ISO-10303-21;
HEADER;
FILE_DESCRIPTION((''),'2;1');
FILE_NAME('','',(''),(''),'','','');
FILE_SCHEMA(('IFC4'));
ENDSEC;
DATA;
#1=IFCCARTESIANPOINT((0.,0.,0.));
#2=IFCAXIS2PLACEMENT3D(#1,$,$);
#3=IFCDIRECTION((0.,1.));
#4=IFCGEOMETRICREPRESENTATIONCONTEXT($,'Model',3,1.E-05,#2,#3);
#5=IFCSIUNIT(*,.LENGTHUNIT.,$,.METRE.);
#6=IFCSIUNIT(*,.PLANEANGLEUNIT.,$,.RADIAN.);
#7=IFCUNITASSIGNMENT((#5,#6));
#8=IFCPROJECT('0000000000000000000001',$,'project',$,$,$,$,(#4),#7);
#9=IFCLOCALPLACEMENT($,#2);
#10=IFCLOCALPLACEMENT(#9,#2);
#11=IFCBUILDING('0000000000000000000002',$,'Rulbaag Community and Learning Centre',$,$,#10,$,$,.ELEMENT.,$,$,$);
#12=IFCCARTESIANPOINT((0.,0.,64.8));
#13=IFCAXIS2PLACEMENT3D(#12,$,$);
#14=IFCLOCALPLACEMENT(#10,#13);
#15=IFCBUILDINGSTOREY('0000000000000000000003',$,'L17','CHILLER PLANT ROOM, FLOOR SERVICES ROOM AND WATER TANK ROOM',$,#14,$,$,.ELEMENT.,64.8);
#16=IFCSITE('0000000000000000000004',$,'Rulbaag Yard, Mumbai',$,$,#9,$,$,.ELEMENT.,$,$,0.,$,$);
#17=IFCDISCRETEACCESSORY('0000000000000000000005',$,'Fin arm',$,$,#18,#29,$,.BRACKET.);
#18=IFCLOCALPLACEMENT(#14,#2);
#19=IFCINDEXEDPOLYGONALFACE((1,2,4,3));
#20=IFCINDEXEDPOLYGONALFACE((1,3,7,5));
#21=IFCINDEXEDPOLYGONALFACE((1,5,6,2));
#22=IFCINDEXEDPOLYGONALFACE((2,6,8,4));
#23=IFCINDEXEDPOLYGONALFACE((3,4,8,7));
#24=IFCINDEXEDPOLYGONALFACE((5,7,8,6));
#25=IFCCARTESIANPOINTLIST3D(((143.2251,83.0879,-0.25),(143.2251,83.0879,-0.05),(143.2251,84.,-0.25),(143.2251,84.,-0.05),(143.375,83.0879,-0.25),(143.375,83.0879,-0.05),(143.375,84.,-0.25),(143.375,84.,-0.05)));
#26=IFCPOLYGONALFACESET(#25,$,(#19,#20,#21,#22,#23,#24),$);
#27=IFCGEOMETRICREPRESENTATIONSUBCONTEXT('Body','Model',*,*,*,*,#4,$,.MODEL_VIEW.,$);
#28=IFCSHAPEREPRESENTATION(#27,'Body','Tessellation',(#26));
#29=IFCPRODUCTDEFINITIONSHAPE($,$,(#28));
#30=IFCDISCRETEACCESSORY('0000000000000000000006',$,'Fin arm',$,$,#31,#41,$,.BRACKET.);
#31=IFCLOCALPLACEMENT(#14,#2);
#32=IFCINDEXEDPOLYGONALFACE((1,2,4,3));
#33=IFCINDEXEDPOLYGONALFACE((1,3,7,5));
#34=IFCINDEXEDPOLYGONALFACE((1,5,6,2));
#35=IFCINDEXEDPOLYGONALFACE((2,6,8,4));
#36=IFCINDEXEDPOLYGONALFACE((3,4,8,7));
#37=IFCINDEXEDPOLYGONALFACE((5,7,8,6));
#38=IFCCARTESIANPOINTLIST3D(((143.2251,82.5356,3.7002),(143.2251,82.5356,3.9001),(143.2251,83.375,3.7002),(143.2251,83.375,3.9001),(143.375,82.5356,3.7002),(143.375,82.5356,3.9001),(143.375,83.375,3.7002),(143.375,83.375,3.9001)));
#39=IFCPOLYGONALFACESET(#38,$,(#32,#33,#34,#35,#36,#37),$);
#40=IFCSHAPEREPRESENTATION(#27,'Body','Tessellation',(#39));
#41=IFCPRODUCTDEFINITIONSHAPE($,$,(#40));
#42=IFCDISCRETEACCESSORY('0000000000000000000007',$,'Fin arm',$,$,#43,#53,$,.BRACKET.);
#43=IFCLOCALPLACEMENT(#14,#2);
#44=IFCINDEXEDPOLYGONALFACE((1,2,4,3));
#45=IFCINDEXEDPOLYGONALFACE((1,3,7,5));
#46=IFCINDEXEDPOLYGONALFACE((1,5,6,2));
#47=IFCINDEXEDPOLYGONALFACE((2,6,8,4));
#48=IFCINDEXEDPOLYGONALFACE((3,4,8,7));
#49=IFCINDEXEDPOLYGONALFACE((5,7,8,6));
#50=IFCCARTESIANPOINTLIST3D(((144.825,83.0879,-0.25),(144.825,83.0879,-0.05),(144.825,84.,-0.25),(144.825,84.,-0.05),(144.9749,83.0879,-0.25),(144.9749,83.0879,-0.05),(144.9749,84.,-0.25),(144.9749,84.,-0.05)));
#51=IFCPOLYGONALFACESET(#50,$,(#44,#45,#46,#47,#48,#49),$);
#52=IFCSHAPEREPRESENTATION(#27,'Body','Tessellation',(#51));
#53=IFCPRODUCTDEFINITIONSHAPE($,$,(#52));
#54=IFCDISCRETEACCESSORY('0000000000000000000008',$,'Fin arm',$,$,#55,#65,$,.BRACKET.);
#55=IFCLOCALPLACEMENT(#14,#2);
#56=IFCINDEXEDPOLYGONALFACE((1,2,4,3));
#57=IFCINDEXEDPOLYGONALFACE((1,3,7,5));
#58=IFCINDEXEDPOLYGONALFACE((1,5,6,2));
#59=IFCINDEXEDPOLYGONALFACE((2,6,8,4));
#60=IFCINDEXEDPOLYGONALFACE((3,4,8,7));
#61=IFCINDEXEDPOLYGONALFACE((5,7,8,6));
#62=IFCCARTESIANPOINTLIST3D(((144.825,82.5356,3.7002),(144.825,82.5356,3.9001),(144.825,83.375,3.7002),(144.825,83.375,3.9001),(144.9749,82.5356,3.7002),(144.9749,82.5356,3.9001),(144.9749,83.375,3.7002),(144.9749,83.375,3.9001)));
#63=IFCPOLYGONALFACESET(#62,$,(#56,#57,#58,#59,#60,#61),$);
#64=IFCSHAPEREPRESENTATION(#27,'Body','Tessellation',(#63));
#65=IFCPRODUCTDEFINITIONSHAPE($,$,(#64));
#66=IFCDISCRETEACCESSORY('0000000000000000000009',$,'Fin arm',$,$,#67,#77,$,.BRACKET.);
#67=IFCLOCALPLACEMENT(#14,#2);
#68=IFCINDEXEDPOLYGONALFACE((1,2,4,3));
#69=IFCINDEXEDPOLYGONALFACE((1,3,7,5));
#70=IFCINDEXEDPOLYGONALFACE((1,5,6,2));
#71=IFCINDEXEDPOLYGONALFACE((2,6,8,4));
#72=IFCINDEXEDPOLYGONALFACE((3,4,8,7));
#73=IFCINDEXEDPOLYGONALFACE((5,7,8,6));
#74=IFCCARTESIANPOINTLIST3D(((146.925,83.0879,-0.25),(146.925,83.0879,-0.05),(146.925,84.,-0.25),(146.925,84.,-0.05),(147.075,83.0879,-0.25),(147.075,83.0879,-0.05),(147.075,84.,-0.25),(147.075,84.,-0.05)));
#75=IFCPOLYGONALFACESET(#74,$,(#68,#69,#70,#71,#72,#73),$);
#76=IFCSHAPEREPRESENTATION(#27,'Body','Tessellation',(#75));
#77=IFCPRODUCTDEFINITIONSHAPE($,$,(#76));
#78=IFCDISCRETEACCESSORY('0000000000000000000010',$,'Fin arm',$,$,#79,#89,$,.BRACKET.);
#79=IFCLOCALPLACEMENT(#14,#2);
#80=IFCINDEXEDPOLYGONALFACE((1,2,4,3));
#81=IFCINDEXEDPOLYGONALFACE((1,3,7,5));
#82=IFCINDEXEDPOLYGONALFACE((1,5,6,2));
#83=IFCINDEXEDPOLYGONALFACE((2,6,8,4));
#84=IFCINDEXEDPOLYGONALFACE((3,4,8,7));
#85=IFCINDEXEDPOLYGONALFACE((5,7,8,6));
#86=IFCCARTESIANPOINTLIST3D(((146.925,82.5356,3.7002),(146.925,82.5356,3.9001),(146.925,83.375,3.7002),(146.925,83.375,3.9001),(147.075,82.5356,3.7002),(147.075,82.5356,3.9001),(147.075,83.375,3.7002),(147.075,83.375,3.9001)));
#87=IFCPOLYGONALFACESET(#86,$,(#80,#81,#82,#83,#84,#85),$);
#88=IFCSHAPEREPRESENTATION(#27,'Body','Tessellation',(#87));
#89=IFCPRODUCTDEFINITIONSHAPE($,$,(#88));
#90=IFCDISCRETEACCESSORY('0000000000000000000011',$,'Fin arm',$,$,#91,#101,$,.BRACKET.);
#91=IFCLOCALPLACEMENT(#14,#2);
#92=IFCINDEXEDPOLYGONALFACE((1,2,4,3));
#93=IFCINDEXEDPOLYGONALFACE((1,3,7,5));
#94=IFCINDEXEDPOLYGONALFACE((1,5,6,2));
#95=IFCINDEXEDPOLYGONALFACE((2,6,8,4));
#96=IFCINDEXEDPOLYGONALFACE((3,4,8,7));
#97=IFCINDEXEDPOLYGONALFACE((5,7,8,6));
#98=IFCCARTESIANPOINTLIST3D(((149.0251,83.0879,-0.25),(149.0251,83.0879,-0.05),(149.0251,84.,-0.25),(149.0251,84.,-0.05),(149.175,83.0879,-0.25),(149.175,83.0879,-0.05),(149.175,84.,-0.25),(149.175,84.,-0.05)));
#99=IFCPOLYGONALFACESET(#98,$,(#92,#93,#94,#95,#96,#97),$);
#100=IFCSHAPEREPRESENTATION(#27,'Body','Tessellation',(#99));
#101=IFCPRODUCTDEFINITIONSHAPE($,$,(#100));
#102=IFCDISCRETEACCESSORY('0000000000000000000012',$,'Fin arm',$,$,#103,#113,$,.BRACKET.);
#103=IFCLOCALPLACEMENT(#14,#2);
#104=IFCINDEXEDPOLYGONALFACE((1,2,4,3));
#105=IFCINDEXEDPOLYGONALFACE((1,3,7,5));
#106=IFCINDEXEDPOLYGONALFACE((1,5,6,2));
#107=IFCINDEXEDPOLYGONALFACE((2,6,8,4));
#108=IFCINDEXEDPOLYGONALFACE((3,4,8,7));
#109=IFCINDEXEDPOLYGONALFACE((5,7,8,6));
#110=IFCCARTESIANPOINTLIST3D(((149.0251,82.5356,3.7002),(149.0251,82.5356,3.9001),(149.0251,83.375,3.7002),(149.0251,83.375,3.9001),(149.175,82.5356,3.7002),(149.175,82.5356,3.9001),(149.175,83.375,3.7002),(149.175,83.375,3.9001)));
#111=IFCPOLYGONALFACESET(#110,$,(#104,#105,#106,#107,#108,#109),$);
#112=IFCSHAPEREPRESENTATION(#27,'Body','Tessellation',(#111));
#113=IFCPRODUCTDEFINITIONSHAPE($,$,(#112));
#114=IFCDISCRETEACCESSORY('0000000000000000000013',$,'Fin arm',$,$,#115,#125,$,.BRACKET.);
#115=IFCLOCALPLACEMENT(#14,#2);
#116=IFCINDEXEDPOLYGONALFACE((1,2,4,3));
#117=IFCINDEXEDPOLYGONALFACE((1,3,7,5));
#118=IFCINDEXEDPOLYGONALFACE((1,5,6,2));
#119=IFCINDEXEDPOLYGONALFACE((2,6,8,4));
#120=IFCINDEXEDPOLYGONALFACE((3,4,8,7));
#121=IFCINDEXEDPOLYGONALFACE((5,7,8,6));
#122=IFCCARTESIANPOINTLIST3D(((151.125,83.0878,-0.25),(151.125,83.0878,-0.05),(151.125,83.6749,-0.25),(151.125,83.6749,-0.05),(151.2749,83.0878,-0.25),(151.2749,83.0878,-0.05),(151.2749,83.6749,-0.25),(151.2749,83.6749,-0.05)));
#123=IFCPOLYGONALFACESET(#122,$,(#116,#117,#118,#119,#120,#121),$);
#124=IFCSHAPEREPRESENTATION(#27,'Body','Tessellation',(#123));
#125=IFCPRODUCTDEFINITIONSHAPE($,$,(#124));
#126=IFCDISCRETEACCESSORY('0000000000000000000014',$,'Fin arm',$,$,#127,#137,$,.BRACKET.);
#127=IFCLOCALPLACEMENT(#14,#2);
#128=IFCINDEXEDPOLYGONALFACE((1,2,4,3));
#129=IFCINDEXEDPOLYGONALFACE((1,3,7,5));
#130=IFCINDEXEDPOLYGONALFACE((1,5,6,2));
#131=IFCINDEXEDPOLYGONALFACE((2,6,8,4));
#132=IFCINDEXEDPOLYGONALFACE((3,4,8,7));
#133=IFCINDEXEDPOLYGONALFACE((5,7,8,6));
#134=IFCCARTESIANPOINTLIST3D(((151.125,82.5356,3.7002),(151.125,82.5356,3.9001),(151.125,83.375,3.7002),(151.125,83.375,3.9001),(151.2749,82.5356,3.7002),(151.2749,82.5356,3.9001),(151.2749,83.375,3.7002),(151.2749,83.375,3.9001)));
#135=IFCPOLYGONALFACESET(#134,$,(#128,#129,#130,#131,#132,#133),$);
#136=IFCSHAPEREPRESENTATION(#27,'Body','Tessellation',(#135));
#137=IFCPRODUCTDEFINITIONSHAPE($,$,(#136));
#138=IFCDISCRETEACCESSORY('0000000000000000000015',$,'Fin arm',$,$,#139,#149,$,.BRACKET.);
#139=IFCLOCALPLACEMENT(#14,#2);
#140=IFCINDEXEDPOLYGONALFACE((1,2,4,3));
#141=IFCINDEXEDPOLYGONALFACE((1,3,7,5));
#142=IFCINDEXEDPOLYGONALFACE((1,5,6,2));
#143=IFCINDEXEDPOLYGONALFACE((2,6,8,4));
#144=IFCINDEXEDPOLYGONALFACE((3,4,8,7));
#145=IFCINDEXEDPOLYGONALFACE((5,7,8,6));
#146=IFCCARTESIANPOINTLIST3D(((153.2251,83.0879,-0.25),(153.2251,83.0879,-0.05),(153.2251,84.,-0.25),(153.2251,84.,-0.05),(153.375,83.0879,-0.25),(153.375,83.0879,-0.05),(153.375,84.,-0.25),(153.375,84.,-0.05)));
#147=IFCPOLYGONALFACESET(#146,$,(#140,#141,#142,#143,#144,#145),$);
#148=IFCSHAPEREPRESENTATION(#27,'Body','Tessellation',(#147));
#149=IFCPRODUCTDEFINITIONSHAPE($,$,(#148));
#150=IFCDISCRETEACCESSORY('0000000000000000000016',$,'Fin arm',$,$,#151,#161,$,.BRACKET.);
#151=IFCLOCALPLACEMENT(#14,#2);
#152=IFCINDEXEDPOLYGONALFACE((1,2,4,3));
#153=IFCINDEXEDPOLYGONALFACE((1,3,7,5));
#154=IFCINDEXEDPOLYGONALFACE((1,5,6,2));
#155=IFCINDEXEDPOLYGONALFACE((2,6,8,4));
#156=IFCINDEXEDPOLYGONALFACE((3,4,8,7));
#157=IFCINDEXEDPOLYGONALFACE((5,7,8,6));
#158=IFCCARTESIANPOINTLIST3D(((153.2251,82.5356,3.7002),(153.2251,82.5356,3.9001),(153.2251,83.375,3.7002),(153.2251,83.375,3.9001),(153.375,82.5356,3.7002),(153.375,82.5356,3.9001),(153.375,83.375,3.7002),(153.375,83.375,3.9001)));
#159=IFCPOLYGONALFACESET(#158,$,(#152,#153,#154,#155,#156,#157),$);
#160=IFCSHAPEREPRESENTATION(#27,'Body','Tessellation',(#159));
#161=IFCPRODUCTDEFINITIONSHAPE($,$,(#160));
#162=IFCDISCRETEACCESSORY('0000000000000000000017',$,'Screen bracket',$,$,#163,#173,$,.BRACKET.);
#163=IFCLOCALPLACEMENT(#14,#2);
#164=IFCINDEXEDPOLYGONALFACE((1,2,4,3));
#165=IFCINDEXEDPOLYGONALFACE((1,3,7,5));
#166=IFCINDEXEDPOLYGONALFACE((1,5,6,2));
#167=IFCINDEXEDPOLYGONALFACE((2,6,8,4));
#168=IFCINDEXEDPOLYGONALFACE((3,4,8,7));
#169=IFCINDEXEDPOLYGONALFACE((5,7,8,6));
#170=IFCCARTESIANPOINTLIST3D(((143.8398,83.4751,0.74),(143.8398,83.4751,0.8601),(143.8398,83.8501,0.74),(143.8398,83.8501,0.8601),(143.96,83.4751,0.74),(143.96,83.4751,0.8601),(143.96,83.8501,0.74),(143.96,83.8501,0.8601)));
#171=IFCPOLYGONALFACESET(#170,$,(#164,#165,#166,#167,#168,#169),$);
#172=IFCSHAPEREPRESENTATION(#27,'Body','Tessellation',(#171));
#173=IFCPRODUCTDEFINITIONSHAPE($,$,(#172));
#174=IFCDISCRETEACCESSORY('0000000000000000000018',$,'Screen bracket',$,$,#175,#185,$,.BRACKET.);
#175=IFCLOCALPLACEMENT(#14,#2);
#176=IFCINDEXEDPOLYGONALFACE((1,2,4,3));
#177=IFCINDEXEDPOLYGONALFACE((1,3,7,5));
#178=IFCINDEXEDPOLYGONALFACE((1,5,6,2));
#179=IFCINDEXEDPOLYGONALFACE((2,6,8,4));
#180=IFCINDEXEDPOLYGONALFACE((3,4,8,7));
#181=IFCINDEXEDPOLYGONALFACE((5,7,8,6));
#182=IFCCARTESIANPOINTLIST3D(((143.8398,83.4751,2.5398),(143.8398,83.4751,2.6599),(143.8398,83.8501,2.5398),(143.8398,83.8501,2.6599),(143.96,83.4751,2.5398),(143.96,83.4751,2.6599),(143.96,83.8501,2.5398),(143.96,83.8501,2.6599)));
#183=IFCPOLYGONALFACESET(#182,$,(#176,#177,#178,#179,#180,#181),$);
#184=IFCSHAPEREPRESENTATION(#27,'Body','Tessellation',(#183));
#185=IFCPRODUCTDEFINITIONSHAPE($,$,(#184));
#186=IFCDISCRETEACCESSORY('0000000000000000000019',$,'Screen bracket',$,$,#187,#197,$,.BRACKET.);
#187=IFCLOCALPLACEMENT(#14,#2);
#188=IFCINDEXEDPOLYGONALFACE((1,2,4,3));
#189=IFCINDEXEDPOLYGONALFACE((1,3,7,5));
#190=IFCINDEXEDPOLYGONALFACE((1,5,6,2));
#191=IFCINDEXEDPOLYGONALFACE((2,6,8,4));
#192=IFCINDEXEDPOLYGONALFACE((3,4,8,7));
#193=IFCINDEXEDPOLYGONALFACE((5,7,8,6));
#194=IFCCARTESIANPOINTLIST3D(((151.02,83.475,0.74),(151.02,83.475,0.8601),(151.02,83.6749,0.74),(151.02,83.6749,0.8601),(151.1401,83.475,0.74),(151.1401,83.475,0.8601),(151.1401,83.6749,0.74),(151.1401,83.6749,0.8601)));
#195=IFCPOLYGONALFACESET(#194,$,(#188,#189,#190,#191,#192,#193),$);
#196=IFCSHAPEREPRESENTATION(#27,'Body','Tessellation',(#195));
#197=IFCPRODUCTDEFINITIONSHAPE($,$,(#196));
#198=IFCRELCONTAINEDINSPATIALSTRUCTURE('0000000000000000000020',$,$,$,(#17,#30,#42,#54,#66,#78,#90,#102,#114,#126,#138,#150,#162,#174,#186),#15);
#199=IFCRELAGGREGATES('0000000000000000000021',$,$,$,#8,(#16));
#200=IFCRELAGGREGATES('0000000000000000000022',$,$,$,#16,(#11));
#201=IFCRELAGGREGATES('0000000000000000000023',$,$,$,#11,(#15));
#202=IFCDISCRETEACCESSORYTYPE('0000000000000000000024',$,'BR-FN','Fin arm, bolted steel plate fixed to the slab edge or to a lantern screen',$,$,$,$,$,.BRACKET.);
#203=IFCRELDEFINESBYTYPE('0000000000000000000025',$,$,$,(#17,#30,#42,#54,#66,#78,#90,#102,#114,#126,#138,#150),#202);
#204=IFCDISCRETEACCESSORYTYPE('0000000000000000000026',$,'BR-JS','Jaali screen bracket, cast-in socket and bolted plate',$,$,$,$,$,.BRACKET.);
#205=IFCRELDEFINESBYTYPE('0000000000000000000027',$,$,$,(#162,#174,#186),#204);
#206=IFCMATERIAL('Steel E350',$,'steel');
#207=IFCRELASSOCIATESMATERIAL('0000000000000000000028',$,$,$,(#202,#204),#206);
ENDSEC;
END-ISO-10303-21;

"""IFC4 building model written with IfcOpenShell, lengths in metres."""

from ifc_helpers import new_model, si_unit, direction, frame, origin, origin_2d, place, context, subcontext, project, spatial, rectangle, extrude, material, type_object, element, save


model = new_model("IFC4")

# Units and contexts
model_context = context("Model", 3, precision=1e-05, world=origin(), true_north=direction((0.0, 1.0)))
body_context = subcontext(model_context, "Body", "Model", "MODEL_VIEW")
ifc_project = project(units=[si_unit("LENGTHUNIT", "METRE"), si_unit("PLANEANGLEUNIT", "RADIAN")], contexts=[model_context])

# Site, building, storey
site_placement = place(None, origin())
site = spatial("IfcSite", under=ifc_project, at=site_placement, Name="Rulbaag Yard, Mumbai", CompositionType="ELEMENT", RefElevation=0.0)
building_placement = place(site_placement, origin())
building = spatial("IfcBuilding", under=site, at=building_placement, Name="Rulbaag Community and Learning Centre", CompositionType="ELEMENT")
storey_placement = place(building_placement, frame((0.0, 0.0, 64.8)))
storey = spatial("IfcBuildingStorey", under=building, at=storey_placement, Name="L17", Description="CHILLER PLANT ROOM, FLOOR SERVICES ROOM AND WATER TANK ROOM", CompositionType="ELEMENT", Elevation=64.8)

# Discrete accessories
ifc_material_1 = material(Name="Steel E350", Category="steel")
discrete_accessory_type_1 = type_object("IfcDiscreteAccessoryType", Name="BR-FN", Description="Fin arm, bolted steel plate fixed to the slab edge or to a lantern screen", PredefinedType="BRACKET", material=ifc_material_1)
discrete_accessory_1_placement = place(storey_placement, frame((143.3, 83.5439, -0.25), z_axis=(0.0, 0.0, 1.0), x_axis=(1.0, 0.0, 0.0)))
element("IfcDiscreteAccessory", 1, at=discrete_accessory_1_placement, inside=storey, type_object=discrete_accessory_type_1, Name="Fin arm", PredefinedType="BRACKET", context=body_context, shape_type="SweptSolid", body=[
    extrude(rectangle(XDim=0.1499, YDim=0.9121, at=origin_2d()), origin(), (0.0, 0.0, 1.0), 0.2),
])
discrete_accessory_2_placement = place(storey_placement, frame((143.3, 82.9553, 3.7002), z_axis=(0.0, 0.0, 1.0), x_axis=(1.0, 0.0, 0.0)))
element("IfcDiscreteAccessory", 2, at=discrete_accessory_2_placement, inside=storey, type_object=discrete_accessory_type_1, Name="Fin arm", PredefinedType="BRACKET", context=body_context, shape_type="SweptSolid", body=[
    extrude(rectangle(XDim=0.1499, YDim=0.8394, at=origin_2d()), origin(), (0.0, 0.0, 1.0), 0.2),
])
discrete_accessory_3_placement = place(storey_placement, frame((144.8999, 83.5439, -0.25), z_axis=(0.0, 0.0, 1.0), x_axis=(1.0, 0.0, 0.0)))
element("IfcDiscreteAccessory", 3, at=discrete_accessory_3_placement, inside=storey, type_object=discrete_accessory_type_1, Name="Fin arm", PredefinedType="BRACKET", context=body_context, shape_type="SweptSolid", body=[
    extrude(rectangle(XDim=0.1499, YDim=0.9121, at=origin_2d()), origin(), (0.0, 0.0, 1.0), 0.2),
])
discrete_accessory_4_placement = place(storey_placement, frame((144.8999, 82.9553, 3.7002), z_axis=(0.0, 0.0, 1.0), x_axis=(1.0, 0.0, 0.0)))
element("IfcDiscreteAccessory", 4, at=discrete_accessory_4_placement, inside=storey, type_object=discrete_accessory_type_1, Name="Fin arm", PredefinedType="BRACKET", context=body_context, shape_type="SweptSolid", body=[
    extrude(rectangle(XDim=0.1499, YDim=0.8394, at=origin_2d()), origin(), (0.0, 0.0, 1.0), 0.2),
])
discrete_accessory_5_placement = place(storey_placement, frame((147.0, 83.5439, -0.25), z_axis=(0.0, 0.0, 1.0), x_axis=(1.0, 0.0, 0.0)))
element("IfcDiscreteAccessory", 5, at=discrete_accessory_5_placement, inside=storey, type_object=discrete_accessory_type_1, Name="Fin arm", PredefinedType="BRACKET", context=body_context, shape_type="SweptSolid", body=[
    extrude(rectangle(XDim=0.1499, YDim=0.9121, at=origin_2d()), origin(), (0.0, 0.0, 1.0), 0.2),
])
discrete_accessory_6_placement = place(storey_placement, frame((147.0, 82.9553, 3.7002), z_axis=(0.0, 0.0, 1.0), x_axis=(1.0, 0.0, 0.0)))
element("IfcDiscreteAccessory", 6, at=discrete_accessory_6_placement, inside=storey, type_object=discrete_accessory_type_1, Name="Fin arm", PredefinedType="BRACKET", context=body_context, shape_type="SweptSolid", body=[
    extrude(rectangle(XDim=0.1499, YDim=0.8394, at=origin_2d()), origin(), (0.0, 0.0, 1.0), 0.2),
])
discrete_accessory_7_placement = place(storey_placement, frame((149.1001, 83.5439, -0.25), z_axis=(0.0, 0.0, 1.0), x_axis=(1.0, 0.0, 0.0)))
element("IfcDiscreteAccessory", 7, at=discrete_accessory_7_placement, inside=storey, type_object=discrete_accessory_type_1, Name="Fin arm", PredefinedType="BRACKET", context=body_context, shape_type="SweptSolid", body=[
    extrude(rectangle(XDim=0.1499, YDim=0.9121, at=origin_2d()), origin(), (0.0, 0.0, 1.0), 0.2),
])
discrete_accessory_8_placement = place(storey_placement, frame((149.1001, 82.9553, 3.7002), z_axis=(0.0, 0.0, 1.0), x_axis=(1.0, 0.0, 0.0)))
element("IfcDiscreteAccessory", 8, at=discrete_accessory_8_placement, inside=storey, type_object=discrete_accessory_type_1, Name="Fin arm", PredefinedType="BRACKET", context=body_context, shape_type="SweptSolid", body=[
    extrude(rectangle(XDim=0.1499, YDim=0.8394, at=origin_2d()), origin(), (0.0, 0.0, 1.0), 0.2),
])
discrete_accessory_9_placement = place(storey_placement, frame((151.2, 83.3813, -0.25), z_axis=(0.0, 0.0, 1.0), x_axis=(1.0, 0.0, 0.0)))
element("IfcDiscreteAccessory", 9, at=discrete_accessory_9_placement, inside=storey, type_object=discrete_accessory_type_1, Name="Fin arm", PredefinedType="BRACKET", context=body_context, shape_type="SweptSolid", body=[
    extrude(rectangle(XDim=0.1499, YDim=0.5872, at=origin_2d()), origin(), (0.0, 0.0, 1.0), 0.2),
])
discrete_accessory_10_placement = place(storey_placement, frame((151.2, 82.9553, 3.7002), z_axis=(0.0, 0.0, 1.0), x_axis=(1.0, 0.0, 0.0)))
element("IfcDiscreteAccessory", 10, at=discrete_accessory_10_placement, inside=storey, type_object=discrete_accessory_type_1, Name="Fin arm", PredefinedType="BRACKET", context=body_context, shape_type="SweptSolid", body=[
    extrude(rectangle(XDim=0.1499, YDim=0.8394, at=origin_2d()), origin(), (0.0, 0.0, 1.0), 0.2),
])
discrete_accessory_11_placement = place(storey_placement, frame((153.3, 83.5439, -0.25), z_axis=(0.0, 0.0, 1.0), x_axis=(1.0, 0.0, 0.0)))
element("IfcDiscreteAccessory", 11, at=discrete_accessory_11_placement, inside=storey, type_object=discrete_accessory_type_1, Name="Fin arm", PredefinedType="BRACKET", context=body_context, shape_type="SweptSolid", body=[
    extrude(rectangle(XDim=0.1499, YDim=0.9121, at=origin_2d()), origin(), (0.0, 0.0, 1.0), 0.2),
])
discrete_accessory_12_placement = place(storey_placement, frame((153.3, 82.9553, 3.7002), z_axis=(0.0, 0.0, 1.0), x_axis=(1.0, 0.0, 0.0)))
element("IfcDiscreteAccessory", 12, at=discrete_accessory_12_placement, inside=storey, type_object=discrete_accessory_type_1, Name="Fin arm", PredefinedType="BRACKET", context=body_context, shape_type="SweptSolid", body=[
    extrude(rectangle(XDim=0.1499, YDim=0.8394, at=origin_2d()), origin(), (0.0, 0.0, 1.0), 0.2),
])
discrete_accessory_type_2 = type_object("IfcDiscreteAccessoryType", Name="BR-JS", Description="Jaali screen bracket, cast-in socket and bolted plate", PredefinedType="BRACKET", material=ifc_material_1)
for number, where, z_axis, x_axis, name in (
    (13, (143.8999, 83.6626, 0.74), (0.0, 0.0, 1.0), (1.0, 0.0, 0.0), "Screen bracket"),
    (14, (143.8999, 83.6626, 2.5398), (0.0, 0.0, 1.0), (1.0, 0.0, 0.0), "Screen bracket"),
):
    element("IfcDiscreteAccessory", number, at=place(storey_placement, frame(where, z_axis=z_axis, x_axis=x_axis)), inside=storey, type_object=discrete_accessory_type_2, Name=name, PredefinedType="BRACKET", context=body_context, shape_type="SweptSolid", body=[
        extrude(rectangle(XDim=0.1201, YDim=0.375, at=origin_2d()), origin(), (0.0, 0.0, 1.0), 0.1201),
    ])
for number, where, z_axis, x_axis, name in (
    (15, (151.0801, 83.575, 0.74), (0.0, 0.0, 1.0), (1.0, 0.0, 0.0), "Screen bracket"),
):
    element("IfcDiscreteAccessory", number, at=place(storey_placement, frame(where, z_axis=z_axis, x_axis=x_axis)), inside=storey, type_object=discrete_accessory_type_2, Name=name, PredefinedType="BRACKET", context=body_context, shape_type="SweptSolid", body=[
        extrude(rectangle(XDim=0.1201, YDim=0.2, at=origin_2d()), origin(), (0.0, 0.0, 1.0), 0.1201),
    ])

save(model, "model.ifc")
